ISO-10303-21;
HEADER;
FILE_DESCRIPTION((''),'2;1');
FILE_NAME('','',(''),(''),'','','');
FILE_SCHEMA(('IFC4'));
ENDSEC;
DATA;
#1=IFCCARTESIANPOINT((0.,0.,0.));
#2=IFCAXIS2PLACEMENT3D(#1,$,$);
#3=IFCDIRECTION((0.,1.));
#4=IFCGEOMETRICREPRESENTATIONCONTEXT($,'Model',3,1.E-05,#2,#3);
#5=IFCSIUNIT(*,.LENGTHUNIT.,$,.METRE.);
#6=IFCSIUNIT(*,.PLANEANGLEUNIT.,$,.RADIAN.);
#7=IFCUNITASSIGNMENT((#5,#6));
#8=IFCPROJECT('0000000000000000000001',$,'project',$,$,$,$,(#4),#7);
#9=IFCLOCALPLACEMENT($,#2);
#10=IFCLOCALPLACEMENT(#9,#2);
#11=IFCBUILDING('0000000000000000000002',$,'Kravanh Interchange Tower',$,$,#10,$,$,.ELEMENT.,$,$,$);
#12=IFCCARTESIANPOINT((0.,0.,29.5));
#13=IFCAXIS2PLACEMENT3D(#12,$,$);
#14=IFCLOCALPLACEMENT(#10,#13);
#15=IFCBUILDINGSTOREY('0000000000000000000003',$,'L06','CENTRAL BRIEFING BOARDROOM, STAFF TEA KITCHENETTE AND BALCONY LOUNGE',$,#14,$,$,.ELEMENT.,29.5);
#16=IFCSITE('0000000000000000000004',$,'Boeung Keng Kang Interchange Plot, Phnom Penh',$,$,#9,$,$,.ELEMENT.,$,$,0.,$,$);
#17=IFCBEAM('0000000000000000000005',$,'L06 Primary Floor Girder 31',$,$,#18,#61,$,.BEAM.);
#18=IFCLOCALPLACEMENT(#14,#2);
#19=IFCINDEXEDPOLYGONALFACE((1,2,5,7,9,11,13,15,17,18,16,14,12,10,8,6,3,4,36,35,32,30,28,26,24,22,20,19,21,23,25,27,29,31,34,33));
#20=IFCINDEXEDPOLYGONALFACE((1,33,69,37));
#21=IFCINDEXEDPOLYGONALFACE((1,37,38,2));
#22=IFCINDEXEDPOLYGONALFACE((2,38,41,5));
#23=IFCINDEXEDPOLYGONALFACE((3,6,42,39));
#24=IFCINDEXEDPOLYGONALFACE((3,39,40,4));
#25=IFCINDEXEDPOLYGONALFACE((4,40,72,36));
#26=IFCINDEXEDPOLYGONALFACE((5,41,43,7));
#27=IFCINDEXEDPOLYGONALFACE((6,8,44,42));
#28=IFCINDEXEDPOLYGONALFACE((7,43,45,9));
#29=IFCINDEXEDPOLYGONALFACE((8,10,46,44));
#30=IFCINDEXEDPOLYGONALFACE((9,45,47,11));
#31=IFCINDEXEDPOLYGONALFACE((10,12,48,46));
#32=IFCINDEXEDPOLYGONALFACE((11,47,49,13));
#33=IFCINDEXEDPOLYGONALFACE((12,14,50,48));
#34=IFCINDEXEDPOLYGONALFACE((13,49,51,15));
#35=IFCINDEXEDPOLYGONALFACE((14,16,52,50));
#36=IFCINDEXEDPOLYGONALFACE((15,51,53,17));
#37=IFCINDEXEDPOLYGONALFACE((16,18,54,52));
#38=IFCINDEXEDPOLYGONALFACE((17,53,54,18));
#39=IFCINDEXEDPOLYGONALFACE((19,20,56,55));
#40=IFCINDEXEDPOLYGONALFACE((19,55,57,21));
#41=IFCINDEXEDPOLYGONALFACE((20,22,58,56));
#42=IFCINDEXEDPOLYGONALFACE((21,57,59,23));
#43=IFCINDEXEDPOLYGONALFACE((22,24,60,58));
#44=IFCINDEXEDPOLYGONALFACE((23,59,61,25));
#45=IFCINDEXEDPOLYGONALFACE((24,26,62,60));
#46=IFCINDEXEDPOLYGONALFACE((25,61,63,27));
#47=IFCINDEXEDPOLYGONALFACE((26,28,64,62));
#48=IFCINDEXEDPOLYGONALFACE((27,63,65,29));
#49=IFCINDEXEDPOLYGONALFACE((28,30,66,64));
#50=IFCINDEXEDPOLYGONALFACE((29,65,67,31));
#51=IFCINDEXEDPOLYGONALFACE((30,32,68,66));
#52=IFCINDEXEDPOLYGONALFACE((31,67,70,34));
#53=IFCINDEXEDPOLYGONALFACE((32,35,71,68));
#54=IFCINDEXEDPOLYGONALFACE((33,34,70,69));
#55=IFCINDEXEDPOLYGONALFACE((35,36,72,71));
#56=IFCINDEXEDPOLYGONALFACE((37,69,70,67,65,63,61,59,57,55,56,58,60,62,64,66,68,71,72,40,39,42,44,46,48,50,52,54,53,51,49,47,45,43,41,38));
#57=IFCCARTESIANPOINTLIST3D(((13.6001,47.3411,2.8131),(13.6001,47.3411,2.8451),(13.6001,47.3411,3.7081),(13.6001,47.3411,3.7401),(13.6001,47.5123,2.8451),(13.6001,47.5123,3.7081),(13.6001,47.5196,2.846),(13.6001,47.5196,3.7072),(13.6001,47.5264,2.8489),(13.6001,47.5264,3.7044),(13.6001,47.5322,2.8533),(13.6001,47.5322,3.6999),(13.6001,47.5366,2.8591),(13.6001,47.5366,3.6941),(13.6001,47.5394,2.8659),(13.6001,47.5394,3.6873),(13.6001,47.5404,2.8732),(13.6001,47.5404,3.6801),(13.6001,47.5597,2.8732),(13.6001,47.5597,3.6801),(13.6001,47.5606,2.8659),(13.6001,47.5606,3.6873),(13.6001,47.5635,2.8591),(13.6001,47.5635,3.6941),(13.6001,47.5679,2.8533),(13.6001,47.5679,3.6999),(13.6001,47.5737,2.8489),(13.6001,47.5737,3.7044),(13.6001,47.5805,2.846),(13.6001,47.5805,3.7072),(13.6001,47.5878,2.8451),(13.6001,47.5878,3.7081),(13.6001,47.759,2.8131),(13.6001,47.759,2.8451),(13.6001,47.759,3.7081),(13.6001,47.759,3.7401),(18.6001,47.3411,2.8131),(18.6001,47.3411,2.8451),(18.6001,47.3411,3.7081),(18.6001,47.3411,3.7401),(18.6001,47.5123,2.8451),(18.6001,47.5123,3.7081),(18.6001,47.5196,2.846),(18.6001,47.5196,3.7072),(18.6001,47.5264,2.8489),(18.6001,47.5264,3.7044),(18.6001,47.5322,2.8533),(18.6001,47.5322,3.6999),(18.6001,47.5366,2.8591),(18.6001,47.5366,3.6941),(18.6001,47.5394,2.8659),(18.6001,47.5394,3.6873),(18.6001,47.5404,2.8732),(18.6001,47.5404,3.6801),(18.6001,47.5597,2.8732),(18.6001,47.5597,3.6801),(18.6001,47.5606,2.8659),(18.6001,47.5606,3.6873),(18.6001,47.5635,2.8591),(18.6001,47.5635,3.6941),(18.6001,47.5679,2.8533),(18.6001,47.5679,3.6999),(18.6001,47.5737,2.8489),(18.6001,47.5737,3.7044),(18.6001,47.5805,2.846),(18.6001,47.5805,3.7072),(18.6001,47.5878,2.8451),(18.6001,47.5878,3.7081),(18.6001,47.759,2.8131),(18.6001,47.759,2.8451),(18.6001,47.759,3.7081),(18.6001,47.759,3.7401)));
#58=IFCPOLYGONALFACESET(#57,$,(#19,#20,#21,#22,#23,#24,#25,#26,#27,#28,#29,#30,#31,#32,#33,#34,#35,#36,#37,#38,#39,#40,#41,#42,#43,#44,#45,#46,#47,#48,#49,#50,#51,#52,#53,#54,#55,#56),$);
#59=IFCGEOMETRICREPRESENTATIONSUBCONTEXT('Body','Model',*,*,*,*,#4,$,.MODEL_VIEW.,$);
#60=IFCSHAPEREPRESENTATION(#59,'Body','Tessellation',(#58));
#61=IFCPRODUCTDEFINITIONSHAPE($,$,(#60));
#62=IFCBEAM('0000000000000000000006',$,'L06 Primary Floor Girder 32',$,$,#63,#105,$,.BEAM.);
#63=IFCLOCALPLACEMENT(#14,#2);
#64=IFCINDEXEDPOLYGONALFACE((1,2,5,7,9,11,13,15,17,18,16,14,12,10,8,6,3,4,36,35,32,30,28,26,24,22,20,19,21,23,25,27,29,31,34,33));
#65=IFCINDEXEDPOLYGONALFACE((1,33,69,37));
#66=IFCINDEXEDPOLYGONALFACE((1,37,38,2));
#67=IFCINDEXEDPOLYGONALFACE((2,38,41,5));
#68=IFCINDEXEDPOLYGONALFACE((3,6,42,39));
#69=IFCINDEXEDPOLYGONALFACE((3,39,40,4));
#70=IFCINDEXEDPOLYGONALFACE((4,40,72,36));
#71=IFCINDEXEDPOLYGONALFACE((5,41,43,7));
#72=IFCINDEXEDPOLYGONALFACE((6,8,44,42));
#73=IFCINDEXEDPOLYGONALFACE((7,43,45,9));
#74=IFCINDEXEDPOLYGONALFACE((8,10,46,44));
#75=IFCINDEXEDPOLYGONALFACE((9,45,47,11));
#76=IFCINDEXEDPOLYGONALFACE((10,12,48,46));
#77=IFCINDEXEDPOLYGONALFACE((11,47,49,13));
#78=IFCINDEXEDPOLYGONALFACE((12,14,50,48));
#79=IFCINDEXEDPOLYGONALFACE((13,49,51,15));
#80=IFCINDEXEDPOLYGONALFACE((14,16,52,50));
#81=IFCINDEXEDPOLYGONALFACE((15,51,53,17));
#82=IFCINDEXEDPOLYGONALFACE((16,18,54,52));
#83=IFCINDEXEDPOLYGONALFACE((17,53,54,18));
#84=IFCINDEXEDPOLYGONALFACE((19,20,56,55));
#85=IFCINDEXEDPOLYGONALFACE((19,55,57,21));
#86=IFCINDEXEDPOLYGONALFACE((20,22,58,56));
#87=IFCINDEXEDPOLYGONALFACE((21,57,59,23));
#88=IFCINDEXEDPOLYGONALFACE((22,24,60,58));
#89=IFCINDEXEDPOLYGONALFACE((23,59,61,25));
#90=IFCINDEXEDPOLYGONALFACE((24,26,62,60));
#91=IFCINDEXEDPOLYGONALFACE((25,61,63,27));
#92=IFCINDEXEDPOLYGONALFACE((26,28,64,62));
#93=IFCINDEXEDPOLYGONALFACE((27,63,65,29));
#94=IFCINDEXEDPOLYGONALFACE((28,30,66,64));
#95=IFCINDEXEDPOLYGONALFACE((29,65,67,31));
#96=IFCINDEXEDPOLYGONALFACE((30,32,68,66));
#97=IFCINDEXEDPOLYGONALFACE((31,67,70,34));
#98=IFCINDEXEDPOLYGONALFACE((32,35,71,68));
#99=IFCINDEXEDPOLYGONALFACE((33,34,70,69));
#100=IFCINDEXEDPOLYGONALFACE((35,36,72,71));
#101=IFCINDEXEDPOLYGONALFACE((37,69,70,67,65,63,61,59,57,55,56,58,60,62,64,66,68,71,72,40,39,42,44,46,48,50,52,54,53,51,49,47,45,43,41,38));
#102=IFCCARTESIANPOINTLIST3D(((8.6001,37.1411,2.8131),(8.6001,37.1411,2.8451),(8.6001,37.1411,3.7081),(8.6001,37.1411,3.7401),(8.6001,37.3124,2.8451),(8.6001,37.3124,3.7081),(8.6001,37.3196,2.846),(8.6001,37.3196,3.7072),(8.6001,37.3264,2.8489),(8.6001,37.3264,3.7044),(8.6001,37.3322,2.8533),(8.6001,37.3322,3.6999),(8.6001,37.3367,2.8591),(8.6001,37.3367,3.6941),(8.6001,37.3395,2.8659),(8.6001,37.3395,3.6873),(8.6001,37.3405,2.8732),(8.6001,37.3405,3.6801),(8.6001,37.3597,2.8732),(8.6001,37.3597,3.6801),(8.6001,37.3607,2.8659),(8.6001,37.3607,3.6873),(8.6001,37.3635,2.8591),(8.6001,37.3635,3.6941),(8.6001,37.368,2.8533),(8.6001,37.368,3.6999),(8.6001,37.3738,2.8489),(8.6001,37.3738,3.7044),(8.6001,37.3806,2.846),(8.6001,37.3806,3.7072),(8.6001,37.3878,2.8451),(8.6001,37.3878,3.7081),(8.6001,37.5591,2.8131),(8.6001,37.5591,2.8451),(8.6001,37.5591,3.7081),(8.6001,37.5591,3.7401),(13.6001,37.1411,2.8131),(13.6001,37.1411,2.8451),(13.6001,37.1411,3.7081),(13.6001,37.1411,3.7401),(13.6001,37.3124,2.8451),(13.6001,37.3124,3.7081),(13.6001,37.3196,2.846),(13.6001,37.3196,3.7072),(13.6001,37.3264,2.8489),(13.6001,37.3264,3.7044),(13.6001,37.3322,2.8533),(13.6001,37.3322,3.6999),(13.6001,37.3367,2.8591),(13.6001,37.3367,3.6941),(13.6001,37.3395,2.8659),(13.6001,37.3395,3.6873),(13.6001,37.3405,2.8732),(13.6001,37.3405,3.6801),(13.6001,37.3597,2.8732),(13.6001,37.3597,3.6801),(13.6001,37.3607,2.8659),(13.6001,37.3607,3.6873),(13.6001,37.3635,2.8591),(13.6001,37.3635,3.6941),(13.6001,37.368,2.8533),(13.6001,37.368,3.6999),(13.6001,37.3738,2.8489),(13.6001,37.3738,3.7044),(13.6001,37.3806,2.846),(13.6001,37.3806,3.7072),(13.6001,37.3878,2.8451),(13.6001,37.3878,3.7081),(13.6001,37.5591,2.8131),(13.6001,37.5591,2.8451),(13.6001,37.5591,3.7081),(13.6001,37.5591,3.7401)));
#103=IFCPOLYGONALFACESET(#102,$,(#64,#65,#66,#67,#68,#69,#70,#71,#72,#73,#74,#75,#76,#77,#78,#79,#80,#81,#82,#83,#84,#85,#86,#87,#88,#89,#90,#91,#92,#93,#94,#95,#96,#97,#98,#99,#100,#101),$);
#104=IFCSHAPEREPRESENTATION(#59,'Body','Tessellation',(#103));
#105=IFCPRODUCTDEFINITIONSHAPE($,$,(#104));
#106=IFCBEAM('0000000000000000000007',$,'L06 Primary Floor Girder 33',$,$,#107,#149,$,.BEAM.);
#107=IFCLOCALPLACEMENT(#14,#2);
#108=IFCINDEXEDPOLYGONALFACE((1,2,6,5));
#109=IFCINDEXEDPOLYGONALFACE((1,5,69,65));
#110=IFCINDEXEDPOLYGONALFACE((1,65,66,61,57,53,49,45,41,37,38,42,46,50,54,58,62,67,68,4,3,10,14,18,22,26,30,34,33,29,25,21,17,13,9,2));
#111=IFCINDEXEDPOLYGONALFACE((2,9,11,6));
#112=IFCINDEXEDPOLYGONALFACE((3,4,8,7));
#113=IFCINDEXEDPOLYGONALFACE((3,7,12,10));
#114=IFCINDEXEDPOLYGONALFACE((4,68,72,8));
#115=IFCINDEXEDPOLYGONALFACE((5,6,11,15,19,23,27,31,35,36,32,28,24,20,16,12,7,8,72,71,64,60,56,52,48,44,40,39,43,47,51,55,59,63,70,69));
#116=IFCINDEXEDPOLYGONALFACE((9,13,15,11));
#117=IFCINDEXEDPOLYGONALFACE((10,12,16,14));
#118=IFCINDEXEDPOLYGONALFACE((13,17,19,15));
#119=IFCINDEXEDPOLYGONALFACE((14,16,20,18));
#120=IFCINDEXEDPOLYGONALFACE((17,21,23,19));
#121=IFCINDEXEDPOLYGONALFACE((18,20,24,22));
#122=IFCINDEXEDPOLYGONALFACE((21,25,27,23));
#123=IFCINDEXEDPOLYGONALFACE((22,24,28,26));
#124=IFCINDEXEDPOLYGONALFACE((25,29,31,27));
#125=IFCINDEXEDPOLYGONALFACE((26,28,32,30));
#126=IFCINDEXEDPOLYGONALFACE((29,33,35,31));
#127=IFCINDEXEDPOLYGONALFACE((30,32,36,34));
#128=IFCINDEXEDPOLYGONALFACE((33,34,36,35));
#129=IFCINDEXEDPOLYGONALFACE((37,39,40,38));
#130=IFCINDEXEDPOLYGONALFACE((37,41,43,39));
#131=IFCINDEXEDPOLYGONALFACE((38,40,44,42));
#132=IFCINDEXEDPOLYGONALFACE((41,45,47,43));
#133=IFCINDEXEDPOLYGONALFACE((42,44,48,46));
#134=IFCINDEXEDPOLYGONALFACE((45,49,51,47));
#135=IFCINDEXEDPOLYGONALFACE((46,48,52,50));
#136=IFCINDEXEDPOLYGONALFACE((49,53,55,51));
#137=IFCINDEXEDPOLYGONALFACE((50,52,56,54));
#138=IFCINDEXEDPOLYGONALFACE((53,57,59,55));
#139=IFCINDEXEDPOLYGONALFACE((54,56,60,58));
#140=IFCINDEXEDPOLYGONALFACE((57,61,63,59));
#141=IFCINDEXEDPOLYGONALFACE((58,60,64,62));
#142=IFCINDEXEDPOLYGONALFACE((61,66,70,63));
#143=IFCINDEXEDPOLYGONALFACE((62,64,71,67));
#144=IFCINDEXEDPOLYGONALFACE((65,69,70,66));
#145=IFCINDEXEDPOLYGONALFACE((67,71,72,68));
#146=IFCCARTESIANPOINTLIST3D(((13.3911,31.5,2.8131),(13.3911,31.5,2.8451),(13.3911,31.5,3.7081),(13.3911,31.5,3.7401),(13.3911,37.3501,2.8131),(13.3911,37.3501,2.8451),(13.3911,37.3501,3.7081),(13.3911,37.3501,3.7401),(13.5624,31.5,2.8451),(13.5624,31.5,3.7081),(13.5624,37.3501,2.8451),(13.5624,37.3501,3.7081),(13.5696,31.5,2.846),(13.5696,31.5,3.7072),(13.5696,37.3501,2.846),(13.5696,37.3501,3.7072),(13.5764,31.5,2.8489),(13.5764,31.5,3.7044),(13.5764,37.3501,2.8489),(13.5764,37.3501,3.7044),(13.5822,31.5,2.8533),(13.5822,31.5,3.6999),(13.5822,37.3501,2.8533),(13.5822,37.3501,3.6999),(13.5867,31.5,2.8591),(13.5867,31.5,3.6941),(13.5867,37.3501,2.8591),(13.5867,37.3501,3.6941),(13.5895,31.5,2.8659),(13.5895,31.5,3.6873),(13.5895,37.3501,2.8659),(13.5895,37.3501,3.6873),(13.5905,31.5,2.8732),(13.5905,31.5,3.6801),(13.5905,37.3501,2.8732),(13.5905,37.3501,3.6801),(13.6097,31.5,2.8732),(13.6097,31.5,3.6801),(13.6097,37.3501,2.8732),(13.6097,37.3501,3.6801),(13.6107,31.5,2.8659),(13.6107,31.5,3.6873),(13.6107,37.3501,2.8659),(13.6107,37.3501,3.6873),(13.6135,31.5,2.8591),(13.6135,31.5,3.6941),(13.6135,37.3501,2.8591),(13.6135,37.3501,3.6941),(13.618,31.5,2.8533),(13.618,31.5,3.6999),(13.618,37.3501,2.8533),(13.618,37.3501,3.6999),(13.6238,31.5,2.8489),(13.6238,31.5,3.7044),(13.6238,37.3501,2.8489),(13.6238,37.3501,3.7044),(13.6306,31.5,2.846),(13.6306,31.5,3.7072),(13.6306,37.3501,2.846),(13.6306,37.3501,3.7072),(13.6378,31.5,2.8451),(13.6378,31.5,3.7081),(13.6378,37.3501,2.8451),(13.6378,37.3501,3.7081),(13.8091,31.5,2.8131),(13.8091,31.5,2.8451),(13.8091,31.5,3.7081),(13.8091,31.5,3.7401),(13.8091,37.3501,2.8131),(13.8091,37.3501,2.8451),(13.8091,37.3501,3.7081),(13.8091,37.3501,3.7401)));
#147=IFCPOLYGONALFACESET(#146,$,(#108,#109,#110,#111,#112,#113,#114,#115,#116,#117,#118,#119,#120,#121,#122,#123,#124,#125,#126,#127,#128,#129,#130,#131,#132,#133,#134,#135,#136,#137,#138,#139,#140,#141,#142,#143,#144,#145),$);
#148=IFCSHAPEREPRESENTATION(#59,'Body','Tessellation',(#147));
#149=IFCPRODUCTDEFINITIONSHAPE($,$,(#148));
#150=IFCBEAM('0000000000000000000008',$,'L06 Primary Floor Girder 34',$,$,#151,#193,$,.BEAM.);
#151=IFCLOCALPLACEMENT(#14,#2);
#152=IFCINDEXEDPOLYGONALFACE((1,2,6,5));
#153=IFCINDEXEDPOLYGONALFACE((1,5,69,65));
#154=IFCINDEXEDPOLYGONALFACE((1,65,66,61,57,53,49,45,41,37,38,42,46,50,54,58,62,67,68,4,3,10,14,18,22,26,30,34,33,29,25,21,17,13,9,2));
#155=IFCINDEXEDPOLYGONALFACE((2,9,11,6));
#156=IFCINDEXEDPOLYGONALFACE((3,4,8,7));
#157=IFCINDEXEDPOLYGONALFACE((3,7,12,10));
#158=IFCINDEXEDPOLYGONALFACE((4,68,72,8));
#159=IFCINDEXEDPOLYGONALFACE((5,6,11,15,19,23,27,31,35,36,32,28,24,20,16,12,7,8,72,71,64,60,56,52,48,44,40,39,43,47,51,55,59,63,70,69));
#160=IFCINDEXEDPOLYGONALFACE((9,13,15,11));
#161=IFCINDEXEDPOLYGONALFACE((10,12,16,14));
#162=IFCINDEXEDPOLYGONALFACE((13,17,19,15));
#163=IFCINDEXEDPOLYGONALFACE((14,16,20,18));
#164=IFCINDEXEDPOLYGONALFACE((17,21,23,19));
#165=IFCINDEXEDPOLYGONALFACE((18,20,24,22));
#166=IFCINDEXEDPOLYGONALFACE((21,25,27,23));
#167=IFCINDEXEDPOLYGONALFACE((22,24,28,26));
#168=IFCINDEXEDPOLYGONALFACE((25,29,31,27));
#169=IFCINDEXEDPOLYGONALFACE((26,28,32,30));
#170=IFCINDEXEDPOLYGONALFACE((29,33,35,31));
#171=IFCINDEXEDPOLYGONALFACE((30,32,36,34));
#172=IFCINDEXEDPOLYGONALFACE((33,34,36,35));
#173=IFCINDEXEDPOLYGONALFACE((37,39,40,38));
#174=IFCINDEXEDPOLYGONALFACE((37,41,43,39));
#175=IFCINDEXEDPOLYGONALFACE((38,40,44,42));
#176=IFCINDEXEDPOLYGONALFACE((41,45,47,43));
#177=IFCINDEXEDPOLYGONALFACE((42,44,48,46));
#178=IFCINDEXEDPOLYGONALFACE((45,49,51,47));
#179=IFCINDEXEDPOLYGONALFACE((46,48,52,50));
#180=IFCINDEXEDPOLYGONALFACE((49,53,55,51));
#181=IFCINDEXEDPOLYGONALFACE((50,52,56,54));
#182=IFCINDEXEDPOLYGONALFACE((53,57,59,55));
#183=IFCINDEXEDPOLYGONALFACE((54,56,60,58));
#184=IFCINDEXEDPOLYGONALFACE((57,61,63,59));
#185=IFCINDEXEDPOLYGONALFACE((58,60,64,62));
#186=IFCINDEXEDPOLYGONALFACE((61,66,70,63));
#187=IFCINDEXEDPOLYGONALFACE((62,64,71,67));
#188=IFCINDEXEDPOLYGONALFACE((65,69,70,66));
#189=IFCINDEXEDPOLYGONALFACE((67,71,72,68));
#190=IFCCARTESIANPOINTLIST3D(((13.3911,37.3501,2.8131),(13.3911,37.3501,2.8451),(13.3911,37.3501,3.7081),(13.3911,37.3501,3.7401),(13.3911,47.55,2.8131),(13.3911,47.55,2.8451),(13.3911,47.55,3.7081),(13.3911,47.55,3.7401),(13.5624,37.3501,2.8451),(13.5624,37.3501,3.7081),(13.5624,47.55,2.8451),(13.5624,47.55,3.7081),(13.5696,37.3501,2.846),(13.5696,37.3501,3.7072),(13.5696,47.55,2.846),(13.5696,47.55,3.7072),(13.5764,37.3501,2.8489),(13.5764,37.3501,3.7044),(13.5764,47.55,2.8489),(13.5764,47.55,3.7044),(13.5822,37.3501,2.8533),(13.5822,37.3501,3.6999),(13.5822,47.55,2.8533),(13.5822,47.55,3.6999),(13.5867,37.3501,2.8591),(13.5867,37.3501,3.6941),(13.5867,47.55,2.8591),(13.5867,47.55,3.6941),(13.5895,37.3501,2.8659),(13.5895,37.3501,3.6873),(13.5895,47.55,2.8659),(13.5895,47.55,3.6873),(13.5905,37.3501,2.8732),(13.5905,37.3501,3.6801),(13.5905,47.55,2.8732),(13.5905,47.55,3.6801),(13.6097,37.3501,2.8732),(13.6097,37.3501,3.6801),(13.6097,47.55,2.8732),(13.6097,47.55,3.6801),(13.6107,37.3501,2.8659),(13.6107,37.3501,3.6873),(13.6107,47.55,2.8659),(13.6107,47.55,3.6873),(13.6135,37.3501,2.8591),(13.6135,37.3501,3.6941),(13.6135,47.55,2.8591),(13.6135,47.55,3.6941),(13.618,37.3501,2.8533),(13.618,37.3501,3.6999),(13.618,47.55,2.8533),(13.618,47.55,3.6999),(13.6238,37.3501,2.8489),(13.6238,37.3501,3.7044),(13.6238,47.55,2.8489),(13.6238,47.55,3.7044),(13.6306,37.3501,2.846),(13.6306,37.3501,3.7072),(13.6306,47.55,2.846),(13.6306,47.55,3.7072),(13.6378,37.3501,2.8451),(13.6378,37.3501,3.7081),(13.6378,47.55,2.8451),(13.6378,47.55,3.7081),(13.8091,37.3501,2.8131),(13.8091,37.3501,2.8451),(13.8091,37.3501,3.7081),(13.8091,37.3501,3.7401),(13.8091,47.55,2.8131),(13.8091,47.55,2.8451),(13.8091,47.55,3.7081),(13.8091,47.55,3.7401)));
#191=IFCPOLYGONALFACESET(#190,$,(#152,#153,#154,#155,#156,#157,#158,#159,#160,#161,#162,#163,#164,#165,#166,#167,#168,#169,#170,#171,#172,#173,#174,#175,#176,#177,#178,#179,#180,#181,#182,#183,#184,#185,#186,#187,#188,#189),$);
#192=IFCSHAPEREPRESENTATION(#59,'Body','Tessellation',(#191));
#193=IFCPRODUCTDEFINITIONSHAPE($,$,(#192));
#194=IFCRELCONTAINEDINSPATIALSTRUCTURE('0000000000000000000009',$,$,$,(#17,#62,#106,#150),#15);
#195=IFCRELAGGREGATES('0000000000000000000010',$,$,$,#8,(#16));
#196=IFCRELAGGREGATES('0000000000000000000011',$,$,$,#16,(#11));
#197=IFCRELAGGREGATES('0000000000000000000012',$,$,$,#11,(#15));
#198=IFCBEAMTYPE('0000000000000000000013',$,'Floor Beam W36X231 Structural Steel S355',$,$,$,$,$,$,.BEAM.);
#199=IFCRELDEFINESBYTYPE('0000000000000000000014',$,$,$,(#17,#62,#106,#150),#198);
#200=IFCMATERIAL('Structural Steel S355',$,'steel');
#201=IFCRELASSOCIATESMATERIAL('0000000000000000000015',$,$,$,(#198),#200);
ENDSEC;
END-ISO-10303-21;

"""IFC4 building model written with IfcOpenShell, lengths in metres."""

from ifc_helpers import new_model, si_unit, direction, frame, origin, origin_2d, place, context, subcontext, project, spatial, i_section, extrude, material, material_profile, profile_set, type_object, element, save


model = new_model("IFC4")

# Units and contexts
model_context = context("Model", 3, precision=1e-05, world=origin(), true_north=direction((0.0, 1.0)))
body_context = subcontext(model_context, "Body", "Model", "MODEL_VIEW")
ifc_project = project(units=[si_unit("LENGTHUNIT", "METRE"), si_unit("PLANEANGLEUNIT", "RADIAN")], contexts=[model_context])

# Site, building, storey
site_placement = place(None, origin())
site = spatial("IfcSite", under=ifc_project, at=site_placement, Name="Boeung Keng Kang Interchange Plot, Phnom Penh", CompositionType="ELEMENT", RefElevation=0.0)
building_placement = place(site_placement, origin())
building = spatial("IfcBuilding", under=site, at=building_placement, Name="Kravanh Interchange Tower", CompositionType="ELEMENT")
storey_placement = place(building_placement, frame((0.0, 0.0, 29.5)))
storey = spatial("IfcBuildingStorey", under=building, at=storey_placement, Name="L06", Description="CENTRAL BRIEFING BOARDROOM, STAFF TEA KITCHENETTE AND BALCONY LOUNGE", CompositionType="ELEMENT", Elevation=29.5)

# Beams
ifc_material_1 = material(Name="Structural Steel S355", Category="steel")
ifc_material_profile_1 = material_profile(ifc_material_1, i_section(OverallWidth=0.418, OverallDepth=0.927, WebThickness=0.0193, FlangeThickness=0.032, FilletRadius=0.0281, at=origin_2d()), Name="W36X231")
ifc_profile_set_1 = profile_set([ifc_material_profile_1], Name="Structural Steel S355")
beam_type = type_object("IfcBeamType", Name="Floor Beam W36X231 Structural Steel S355", PredefinedType="BEAM", material=ifc_profile_set_1)
for number, where, z_axis, x_axis, name in (
    (1, (18.6001, 47.55, 3.2766), (-1.0, 0.0, 0.0), (0.0, -1.0, 0.0), "L06 Primary Floor Girder 31"),
    (2, (13.6001, 37.3501, 3.2766), (-1.0, 0.0, 0.0), (0.0, -1.0, 0.0), "L06 Primary Floor Girder 32"),
):
    element("IfcBeam", number, at=place(storey_placement, frame(where, z_axis=z_axis, x_axis=x_axis)), inside=storey, type_object=beam_type, Name=name, PredefinedType="BEAM", context=body_context, shape_type="SweptSolid", body=[
        extrude(i_section(OverallWidth=0.418, OverallDepth=0.927, WebThickness=0.0193, FlangeThickness=0.032, FilletRadius=0.0281, at=origin_2d()), origin(), (0.0, 0.0, 1.0), 5.0),
    ])
beam_1_placement = place(storey_placement, frame((13.6001, 37.3501, 3.2766), z_axis=(0.0, -1.0, 0.0), x_axis=(1.0, 0.0, 0.0)))
element("IfcBeam", 3, at=beam_1_placement, inside=storey, type_object=beam_type, Name="L06 Primary Floor Girder 33", PredefinedType="BEAM", context=body_context, shape_type="SweptSolid", body=[
    extrude(i_section(OverallWidth=0.418, OverallDepth=0.927, WebThickness=0.0193, FlangeThickness=0.032, FilletRadius=0.0281, at=origin_2d()), origin(), (0.0, 0.0, 1.0), 5.8501),
])
beam_2_placement = place(storey_placement, frame((13.6001, 37.3501, 3.2766), z_axis=(0.0, 1.0, 0.0), x_axis=(-1.0, 0.0, 0.0)))
element("IfcBeam", 4, at=beam_2_placement, inside=storey, type_object=beam_type, Name="L06 Primary Floor Girder 34", PredefinedType="BEAM", context=body_context, shape_type="SweptSolid", body=[
    extrude(i_section(OverallWidth=0.418, OverallDepth=0.927, WebThickness=0.0193, FlangeThickness=0.032, FilletRadius=0.0281, at=origin_2d()), origin(), (0.0, 0.0, 1.0), 10.2),
])

save(model, "model.ifc")
